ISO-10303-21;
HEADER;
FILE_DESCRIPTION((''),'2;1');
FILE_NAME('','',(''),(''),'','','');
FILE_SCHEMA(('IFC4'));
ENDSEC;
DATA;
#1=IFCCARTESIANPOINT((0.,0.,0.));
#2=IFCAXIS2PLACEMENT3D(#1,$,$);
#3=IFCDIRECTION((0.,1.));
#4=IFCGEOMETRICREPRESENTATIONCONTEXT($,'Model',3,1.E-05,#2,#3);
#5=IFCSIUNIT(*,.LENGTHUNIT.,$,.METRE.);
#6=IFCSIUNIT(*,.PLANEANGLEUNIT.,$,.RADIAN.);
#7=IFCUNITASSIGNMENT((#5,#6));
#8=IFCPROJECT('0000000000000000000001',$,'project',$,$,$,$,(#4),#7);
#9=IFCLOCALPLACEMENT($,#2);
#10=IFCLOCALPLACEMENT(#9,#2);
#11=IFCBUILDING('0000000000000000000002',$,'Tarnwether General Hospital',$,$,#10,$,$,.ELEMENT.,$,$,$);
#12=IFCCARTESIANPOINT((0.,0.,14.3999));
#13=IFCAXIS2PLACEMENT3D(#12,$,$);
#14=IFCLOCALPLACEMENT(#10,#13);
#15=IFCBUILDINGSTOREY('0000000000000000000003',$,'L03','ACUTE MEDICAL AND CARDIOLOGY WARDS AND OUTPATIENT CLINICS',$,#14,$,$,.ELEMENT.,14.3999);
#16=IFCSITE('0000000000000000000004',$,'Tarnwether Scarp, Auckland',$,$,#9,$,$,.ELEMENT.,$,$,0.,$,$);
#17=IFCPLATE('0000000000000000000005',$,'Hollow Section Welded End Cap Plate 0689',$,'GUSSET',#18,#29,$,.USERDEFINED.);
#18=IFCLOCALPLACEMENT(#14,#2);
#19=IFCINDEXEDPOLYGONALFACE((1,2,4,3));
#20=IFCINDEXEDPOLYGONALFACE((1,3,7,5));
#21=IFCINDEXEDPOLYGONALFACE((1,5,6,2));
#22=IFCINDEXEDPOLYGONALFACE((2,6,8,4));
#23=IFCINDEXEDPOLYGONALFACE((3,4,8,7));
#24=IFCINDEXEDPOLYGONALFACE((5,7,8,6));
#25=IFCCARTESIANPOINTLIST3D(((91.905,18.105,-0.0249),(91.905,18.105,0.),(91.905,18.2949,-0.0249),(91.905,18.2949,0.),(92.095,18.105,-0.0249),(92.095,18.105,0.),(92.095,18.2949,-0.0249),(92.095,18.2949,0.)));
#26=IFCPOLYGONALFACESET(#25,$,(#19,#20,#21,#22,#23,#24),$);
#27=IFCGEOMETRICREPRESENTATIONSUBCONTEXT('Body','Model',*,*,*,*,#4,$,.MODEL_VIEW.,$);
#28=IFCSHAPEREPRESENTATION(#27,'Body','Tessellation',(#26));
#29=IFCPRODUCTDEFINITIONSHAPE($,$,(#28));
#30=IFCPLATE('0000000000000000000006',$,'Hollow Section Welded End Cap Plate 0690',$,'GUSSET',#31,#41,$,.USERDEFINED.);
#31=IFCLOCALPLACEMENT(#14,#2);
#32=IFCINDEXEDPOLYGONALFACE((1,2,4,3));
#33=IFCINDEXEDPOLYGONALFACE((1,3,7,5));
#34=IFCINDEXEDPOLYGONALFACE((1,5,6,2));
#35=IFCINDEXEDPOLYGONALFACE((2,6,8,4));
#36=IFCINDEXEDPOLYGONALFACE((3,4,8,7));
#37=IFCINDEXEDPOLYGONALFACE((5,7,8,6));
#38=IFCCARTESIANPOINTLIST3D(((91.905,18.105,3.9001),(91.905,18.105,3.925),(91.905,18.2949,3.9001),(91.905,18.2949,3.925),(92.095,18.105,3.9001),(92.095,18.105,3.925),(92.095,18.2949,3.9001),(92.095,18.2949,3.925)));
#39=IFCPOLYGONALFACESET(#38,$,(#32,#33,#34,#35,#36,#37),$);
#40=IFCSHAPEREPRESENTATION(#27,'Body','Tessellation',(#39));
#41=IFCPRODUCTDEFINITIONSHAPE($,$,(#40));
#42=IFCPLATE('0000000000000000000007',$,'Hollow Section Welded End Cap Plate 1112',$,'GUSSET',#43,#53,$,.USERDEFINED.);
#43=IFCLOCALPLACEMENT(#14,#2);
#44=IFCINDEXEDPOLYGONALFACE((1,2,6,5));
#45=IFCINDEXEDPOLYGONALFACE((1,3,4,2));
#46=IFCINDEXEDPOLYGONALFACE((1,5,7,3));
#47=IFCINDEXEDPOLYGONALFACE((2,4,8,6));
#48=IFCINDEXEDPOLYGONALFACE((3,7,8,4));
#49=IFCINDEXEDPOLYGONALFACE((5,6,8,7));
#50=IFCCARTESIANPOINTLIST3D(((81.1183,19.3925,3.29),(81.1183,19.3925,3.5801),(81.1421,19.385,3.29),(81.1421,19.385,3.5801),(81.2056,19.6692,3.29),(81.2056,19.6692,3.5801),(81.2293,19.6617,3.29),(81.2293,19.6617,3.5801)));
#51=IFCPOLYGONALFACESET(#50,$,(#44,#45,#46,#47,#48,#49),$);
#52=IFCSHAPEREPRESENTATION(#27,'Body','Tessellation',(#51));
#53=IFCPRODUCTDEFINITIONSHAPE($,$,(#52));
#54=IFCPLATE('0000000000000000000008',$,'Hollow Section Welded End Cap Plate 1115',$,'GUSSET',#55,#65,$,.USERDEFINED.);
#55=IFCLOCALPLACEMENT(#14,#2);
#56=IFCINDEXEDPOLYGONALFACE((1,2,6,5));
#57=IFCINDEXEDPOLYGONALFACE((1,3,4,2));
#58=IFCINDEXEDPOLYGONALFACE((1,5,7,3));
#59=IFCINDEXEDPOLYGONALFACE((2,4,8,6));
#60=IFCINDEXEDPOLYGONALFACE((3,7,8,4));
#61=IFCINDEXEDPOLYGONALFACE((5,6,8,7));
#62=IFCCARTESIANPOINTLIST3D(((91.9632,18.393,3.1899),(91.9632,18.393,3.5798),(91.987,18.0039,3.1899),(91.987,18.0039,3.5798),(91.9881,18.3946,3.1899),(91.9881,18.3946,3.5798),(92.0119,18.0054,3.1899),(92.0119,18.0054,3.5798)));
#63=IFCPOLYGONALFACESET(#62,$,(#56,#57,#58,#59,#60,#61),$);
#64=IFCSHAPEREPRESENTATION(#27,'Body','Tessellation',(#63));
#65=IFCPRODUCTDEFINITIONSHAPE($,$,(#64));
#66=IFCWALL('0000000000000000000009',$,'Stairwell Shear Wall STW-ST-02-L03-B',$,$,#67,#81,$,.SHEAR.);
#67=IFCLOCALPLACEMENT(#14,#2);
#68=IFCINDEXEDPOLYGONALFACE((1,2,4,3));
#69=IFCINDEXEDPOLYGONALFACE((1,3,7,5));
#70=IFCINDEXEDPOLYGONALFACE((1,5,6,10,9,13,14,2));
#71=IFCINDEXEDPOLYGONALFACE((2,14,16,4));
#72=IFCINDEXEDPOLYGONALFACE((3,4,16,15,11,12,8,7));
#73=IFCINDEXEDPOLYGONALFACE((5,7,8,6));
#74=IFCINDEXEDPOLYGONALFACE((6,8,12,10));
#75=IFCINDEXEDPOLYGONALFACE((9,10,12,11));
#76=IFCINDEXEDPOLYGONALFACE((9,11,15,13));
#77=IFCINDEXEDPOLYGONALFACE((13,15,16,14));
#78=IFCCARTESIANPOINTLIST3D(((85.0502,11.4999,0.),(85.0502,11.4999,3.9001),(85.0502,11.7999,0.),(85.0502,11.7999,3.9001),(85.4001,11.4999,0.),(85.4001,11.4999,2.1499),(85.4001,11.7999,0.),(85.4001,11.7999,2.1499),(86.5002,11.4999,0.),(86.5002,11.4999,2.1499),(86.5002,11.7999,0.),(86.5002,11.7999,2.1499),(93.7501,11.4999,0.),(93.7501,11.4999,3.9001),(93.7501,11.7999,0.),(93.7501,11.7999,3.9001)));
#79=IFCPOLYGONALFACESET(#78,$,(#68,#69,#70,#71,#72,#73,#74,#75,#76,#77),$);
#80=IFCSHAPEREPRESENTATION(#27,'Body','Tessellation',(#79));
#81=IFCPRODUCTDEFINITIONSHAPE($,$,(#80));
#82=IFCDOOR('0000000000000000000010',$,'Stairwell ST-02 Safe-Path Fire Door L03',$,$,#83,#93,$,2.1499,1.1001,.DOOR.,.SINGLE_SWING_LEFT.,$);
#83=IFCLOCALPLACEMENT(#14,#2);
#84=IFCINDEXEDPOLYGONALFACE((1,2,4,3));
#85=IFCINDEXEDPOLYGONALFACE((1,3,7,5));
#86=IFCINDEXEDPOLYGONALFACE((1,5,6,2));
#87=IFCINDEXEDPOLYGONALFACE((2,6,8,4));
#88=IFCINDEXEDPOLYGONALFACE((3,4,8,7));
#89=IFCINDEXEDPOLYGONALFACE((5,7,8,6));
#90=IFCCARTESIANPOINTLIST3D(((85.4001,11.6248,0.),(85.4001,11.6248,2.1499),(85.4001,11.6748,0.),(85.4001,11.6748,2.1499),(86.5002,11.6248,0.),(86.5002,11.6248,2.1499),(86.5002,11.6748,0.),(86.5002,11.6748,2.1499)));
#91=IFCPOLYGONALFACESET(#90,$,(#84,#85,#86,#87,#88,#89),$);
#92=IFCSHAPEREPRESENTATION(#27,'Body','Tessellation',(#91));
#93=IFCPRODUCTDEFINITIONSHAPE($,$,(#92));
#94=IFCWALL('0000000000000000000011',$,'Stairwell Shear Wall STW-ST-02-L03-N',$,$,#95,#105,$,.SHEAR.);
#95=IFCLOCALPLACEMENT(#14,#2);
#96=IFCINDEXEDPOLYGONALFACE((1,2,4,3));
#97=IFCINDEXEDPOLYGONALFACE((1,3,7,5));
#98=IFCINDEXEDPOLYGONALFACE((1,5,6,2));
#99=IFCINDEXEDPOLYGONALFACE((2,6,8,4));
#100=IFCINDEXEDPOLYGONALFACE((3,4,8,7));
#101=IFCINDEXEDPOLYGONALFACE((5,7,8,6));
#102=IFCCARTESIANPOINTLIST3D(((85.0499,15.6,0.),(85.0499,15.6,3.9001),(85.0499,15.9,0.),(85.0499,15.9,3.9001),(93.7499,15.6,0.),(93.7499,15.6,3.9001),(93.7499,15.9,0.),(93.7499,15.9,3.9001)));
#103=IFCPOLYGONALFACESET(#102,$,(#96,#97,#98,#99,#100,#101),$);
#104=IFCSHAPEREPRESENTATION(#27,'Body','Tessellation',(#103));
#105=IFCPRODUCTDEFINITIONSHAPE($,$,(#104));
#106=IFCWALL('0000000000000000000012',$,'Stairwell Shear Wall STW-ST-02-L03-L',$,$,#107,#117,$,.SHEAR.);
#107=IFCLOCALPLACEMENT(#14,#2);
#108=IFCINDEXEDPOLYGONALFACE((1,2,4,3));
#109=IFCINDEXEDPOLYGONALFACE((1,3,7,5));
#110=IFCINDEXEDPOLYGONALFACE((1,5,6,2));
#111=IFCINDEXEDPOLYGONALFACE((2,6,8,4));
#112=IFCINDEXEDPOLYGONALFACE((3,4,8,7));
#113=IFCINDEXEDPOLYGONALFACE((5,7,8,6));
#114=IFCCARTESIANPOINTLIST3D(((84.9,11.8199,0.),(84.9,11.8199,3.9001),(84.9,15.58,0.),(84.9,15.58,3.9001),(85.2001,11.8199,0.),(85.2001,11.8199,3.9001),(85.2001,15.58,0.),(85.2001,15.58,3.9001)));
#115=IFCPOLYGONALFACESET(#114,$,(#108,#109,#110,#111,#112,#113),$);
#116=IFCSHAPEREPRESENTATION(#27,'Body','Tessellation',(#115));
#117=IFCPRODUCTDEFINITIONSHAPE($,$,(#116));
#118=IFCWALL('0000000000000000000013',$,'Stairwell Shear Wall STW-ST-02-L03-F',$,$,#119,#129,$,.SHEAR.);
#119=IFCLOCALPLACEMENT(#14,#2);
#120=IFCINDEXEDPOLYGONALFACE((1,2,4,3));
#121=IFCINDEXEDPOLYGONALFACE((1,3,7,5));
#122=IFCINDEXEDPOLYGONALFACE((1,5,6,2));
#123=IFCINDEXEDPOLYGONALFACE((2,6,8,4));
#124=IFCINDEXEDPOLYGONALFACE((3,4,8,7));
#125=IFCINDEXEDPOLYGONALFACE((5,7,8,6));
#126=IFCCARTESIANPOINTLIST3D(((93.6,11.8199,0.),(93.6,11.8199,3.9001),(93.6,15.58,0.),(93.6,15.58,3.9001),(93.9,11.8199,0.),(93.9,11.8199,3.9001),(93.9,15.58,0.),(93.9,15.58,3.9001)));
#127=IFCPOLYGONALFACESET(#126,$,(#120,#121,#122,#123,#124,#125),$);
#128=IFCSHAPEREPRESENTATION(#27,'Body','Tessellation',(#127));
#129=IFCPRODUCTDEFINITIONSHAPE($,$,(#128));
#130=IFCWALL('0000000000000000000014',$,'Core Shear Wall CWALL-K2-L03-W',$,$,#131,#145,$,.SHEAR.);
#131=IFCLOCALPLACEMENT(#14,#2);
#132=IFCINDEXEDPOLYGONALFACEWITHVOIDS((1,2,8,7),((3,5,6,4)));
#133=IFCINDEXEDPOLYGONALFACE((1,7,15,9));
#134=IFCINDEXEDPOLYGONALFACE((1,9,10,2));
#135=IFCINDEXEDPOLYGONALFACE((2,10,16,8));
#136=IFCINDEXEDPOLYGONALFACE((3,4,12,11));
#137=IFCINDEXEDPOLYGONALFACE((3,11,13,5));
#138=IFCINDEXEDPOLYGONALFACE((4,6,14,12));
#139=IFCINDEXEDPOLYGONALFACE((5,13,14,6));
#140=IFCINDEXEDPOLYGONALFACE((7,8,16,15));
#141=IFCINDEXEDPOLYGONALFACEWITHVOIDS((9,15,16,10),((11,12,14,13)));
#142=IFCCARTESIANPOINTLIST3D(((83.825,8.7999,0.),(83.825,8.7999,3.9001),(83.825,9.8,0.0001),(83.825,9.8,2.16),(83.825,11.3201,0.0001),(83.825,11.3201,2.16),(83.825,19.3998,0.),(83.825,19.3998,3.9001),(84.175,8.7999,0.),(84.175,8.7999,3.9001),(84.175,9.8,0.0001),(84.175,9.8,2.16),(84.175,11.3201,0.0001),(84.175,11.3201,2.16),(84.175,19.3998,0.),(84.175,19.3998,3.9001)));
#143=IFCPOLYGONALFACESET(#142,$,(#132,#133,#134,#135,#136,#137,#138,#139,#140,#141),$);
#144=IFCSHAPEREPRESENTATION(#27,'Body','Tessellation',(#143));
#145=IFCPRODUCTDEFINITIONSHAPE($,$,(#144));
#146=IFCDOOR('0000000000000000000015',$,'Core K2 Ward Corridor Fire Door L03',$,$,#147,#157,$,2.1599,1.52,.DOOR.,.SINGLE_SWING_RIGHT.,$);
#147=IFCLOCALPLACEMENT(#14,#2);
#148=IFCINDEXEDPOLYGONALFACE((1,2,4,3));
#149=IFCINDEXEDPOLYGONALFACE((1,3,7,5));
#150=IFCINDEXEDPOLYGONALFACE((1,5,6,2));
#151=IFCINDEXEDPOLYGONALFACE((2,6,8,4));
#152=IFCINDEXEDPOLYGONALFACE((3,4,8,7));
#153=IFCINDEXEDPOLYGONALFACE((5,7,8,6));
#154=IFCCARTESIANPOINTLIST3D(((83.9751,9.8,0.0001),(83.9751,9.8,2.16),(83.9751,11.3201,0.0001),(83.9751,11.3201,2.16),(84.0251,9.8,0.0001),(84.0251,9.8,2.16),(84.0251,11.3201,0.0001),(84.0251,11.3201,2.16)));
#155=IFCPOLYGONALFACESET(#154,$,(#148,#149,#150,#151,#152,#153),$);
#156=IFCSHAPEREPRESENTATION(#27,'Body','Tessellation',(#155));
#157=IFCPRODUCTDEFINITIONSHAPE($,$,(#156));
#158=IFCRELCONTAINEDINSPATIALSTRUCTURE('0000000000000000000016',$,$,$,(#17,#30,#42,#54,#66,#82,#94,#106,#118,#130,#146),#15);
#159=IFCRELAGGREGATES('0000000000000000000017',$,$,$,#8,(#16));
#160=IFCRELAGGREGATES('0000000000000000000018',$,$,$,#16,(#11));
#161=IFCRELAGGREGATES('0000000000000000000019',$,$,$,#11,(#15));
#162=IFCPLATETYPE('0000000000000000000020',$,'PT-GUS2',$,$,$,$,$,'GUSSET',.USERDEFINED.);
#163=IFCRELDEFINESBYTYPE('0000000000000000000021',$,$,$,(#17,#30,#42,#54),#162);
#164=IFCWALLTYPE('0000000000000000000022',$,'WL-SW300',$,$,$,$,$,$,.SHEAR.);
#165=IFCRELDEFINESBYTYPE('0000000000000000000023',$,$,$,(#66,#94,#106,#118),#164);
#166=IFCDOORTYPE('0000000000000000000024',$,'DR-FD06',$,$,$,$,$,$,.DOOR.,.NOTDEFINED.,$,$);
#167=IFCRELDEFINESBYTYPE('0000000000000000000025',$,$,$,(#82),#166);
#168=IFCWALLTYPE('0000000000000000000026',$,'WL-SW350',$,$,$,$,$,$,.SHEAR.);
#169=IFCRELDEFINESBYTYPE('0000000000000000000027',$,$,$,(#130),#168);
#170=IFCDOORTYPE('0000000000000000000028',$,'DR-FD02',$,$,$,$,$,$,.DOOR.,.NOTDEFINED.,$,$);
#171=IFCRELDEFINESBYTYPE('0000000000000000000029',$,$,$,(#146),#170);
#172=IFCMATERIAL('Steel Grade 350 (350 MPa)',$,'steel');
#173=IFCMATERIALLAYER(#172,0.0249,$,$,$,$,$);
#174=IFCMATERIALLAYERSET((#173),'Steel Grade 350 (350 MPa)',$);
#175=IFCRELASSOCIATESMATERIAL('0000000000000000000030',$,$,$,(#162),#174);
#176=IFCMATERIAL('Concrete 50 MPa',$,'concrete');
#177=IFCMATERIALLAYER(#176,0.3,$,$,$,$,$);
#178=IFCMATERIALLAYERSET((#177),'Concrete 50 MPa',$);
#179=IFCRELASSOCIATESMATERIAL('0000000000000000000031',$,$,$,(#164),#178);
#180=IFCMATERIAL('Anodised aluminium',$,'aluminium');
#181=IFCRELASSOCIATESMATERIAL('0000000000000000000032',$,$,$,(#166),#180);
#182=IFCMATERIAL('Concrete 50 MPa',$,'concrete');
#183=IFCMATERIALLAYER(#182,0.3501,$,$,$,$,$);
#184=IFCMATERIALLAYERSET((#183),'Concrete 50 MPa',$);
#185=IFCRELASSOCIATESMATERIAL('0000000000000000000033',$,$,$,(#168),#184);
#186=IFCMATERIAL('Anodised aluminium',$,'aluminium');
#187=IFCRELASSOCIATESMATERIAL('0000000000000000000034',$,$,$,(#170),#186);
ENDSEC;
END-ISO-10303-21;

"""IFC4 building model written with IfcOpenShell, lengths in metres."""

from ifc_helpers import new_model, si_unit, direction, frame, frame_2d, origin, origin_2d, place, context, subcontext, project, spatial, rectangle, extrude, material, layer, layer_set, type_object, element, fill, save


model = new_model("IFC4")

# Units and contexts
model_context = context("Model", 3, precision=1e-05, world=origin(), true_north=direction((0.0, 1.0)))
body_context = subcontext(model_context, "Body", "Model", "MODEL_VIEW")
ifc_project = project(units=[si_unit("LENGTHUNIT", "METRE"), si_unit("PLANEANGLEUNIT", "RADIAN")], contexts=[model_context])

# Site, building, storey
site_placement = place(None, origin())
site = spatial("IfcSite", under=ifc_project, at=site_placement, Name="Tarnwether Scarp, Auckland", CompositionType="ELEMENT", RefElevation=0.0)
building_placement = place(site_placement, origin())
building = spatial("IfcBuilding", under=site, at=building_placement, Name="Tarnwether General Hospital", CompositionType="ELEMENT")
storey_placement = place(building_placement, frame((0.0, 0.0, 14.3999)))
storey = spatial("IfcBuildingStorey", under=building, at=storey_placement, Name="L03", Description="ACUTE MEDICAL AND CARDIOLOGY WARDS AND OUTPATIENT CLINICS", CompositionType="ELEMENT", Elevation=14.3999)

# Plates
ifc_material_1 = material(Name="Steel Grade 350 (350 MPa)", Category="steel")
ifc_layer_1 = layer(ifc_material_1, 0.0249)
ifc_layer_set_1 = layer_set([ifc_layer_1], Name="Steel Grade 350 (350 MPa)")
plate_type = type_object("IfcPlateType", Name="PT-GUS2", ElementType="GUSSET", PredefinedType="USERDEFINED", material=ifc_layer_set_1)
for number, where, z_axis, x_axis, name in (
    (1, (92.0, 18.2, -0.0249), (0.0, 0.0, 1.0), (1.0, 0.0, 0.0), "Hollow Section Welded End Cap Plate 0689"),
    (2, (92.0, 18.2, 3.9001), (0.0, 0.0, 1.0), (1.0, 0.0, 0.0), "Hollow Section Welded End Cap Plate 0690"),
):
    element("IfcPlate", number, at=place(storey_placement, frame(where, z_axis=z_axis, x_axis=x_axis)), inside=storey, type_object=plate_type, Name=name, ObjectType="GUSSET", PredefinedType="USERDEFINED", context=body_context, shape_type="SweptSolid", body=[
        extrude(rectangle(XDim=0.1899, YDim=0.1899, at=origin_2d()), origin(), (0.0, 0.0, 1.0), 0.0249),
    ])
plate_1_placement = place(storey_placement, frame((81.1738, 19.5271, 3.29), z_axis=(0.0, 0.0, 1.0), x_axis=(0.953712, -0.300722, 0.0)))
element("IfcPlate", 3, at=plate_1_placement, inside=storey, type_object=plate_type, Name="Hollow Section Welded End Cap Plate 1112", ObjectType="GUSSET", PredefinedType="USERDEFINED", context=body_context, shape_type="SweptSolid", body=[
    extrude(rectangle(XDim=0.0249, YDim=0.29, at=origin_2d()), origin(), (0.0, 0.0, 1.0), 0.29),
])
plate_2_placement = place(storey_placement, frame((91.9875, 18.1992, 3.1899), z_axis=(0.0, 0.0, 1.0), x_axis=(0.998134, 0.061066, 0.0)))
element("IfcPlate", 4, at=plate_2_placement, inside=storey, type_object=plate_type, Name="Hollow Section Welded End Cap Plate 1115", ObjectType="GUSSET", PredefinedType="USERDEFINED", context=body_context, shape_type="SweptSolid", body=[
    extrude(rectangle(XDim=0.0249, YDim=0.3899, at=origin_2d()), origin(), (0.0, 0.0, 1.0), 0.3899),
])

# Wall, opening, door
ifc_material_2 = material(Name="Concrete 50 MPa", Category="concrete")
ifc_layer_2 = layer(ifc_material_2, 0.3)
ifc_layer_set_2 = layer_set([ifc_layer_2], Name="Concrete 50 MPa")
wall_type_1 = type_object("IfcWallType", Name="WL-SW300", PredefinedType="SHEAR", material=ifc_layer_set_2)
wall_1_placement = place(storey_placement, frame((85.05, 11.6499, 0.0), z_axis=(0.0, 0.0, 1.0), x_axis=(1.0, 0.0, 0.0)))
wall_1 = element("IfcWall", 5, at=wall_1_placement, inside=storey, type_object=wall_type_1, Name="Stairwell Shear Wall STW-ST-02-L03-B", PredefinedType="SHEAR", context=body_context, shape_type="SweptSolid", body=[
    extrude(rectangle(XDim=8.7, YDim=0.3, at=frame_2d((4.3501, 0.0))), origin(), (0.0, 0.0, 1.0), 3.9001),
])
opening_1_placement = place(wall_1_placement, frame((0.3501, 0.0, 0.0)))
opening_1 = element("IfcOpeningElement", 6, at=opening_1_placement, cuts=wall_1, PredefinedType="OPENING", context=body_context, shape_type="SweptSolid", body=[
    extrude(rectangle(XDim=1.1001, YDim=2.1499, at=frame_2d((0.55, 1.075))), frame((0.0, 0.1602, 0.0), z_axis=(0.0, -1.0, 0.0), x_axis=(1.0, 0.0, 0.0)), (0.0, 0.0, 1.0), 0.3201),
])
ifc_material_3 = material(Name="Anodised aluminium", Category="aluminium")
door_type_1 = type_object("IfcDoorType", Name="DR-FD06", OperationType="NOTDEFINED", PredefinedType="DOOR", material=ifc_material_3)
door_1_placement = place(opening_1_placement, origin())
door_1 = element("IfcDoor", 7, at=door_1_placement, inside=storey, type_object=door_type_1, Name="Stairwell ST-02 Safe-Path Fire Door L03", OperationType="SINGLE_SWING_LEFT", OverallHeight=2.1499, OverallWidth=1.1001, PredefinedType="DOOR", context=body_context, shape_type="SweptSolid", body=[
    extrude(rectangle(XDim=1.1001, YDim=2.1499, at=frame_2d((0.55, 1.075))), frame((0.0, 0.0249, 0.0), z_axis=(0.0, -1.0, 0.0), x_axis=(1.0, 0.0, 0.0)), (0.0, 0.0, 1.0), 0.05),
])
fill(opening_1, door_1)

# Walls
wall_2_placement = place(storey_placement, frame((93.75, 15.75, 0.0), z_axis=(0.0, 0.0, 1.0), x_axis=(-1.0, 0.0, 0.0)))
element("IfcWall", 8, at=wall_2_placement, inside=storey, type_object=wall_type_1, Name="Stairwell Shear Wall STW-ST-02-L03-N", PredefinedType="SHEAR", context=body_context, shape_type="SweptSolid", body=[
    extrude(rectangle(XDim=8.7, YDim=0.3, at=frame_2d((4.3501, 0.0))), origin(), (0.0, 0.0, 1.0), 3.9001),
])
for number, where, z_axis, x_axis, name in (
    (9, (85.05, 11.8201, 0.0), (0.0, 0.0, 1.0), (0.0, 1.0, 0.0), "Stairwell Shear Wall STW-ST-02-L03-L"),
    (10, (93.75, 11.8201, 0.0), (0.0, 0.0, 1.0), (0.0, 1.0, 0.0), "Stairwell Shear Wall STW-ST-02-L03-F"),
):
    element("IfcWall", number, at=place(storey_placement, frame(where, z_axis=z_axis, x_axis=x_axis)), inside=storey, type_object=wall_type_1, Name=name, PredefinedType="SHEAR", context=body_context, shape_type="SweptSolid", body=[
        extrude(rectangle(XDim=3.76, YDim=0.3, at=frame_2d((1.8799, 0.0))), origin(), (0.0, 0.0, 1.0), 3.9001),
    ])

# Wall, opening, door
ifc_material_4 = material(Name="Concrete 50 MPa", Category="concrete")
ifc_layer_3 = layer(ifc_material_4, 0.3501)
ifc_layer_set_3 = layer_set([ifc_layer_3], Name="Concrete 50 MPa")
wall_type_2 = type_object("IfcWallType", Name="WL-SW350", PredefinedType="SHEAR", material=ifc_layer_set_3)
wall_3_placement = place(storey_placement, frame((84.0, 8.8, 0.0), z_axis=(0.0, 0.0, 1.0), x_axis=(0.0, 1.0, 0.0)))
wall_3 = element("IfcWall", 11, at=wall_3_placement, inside=storey, type_object=wall_type_2, Name="Core Shear Wall CWALL-K2-L03-W", PredefinedType="SHEAR", context=body_context, shape_type="SweptSolid", body=[
    extrude(rectangle(XDim=10.5999, YDim=0.3501, at=frame_2d((5.2998, 0.0))), origin(), (0.0, 0.0, 1.0), 3.9001),
])
opening_2_placement = place(wall_3_placement, frame((1.0, 0.0, 0.0)))
opening_2 = element("IfcOpeningElement", 12, at=opening_2_placement, cuts=wall_3, PredefinedType="OPENING", context=body_context, shape_type="SweptSolid", body=[
    extrude(rectangle(XDim=1.52, YDim=2.1599, at=frame_2d((0.76, 1.0801))), frame((0.0, 0.1851, 0.0), z_axis=(0.0, -1.0, 0.0), x_axis=(1.0, 0.0, 0.0)), (0.0, 0.0, 1.0), 0.3701),
])
ifc_material_5 = material(Name="Anodised aluminium", Category="aluminium")
door_type_2 = type_object("IfcDoorType", Name="DR-FD02", OperationType="NOTDEFINED", PredefinedType="DOOR", material=ifc_material_5)
door_2_placement = place(opening_2_placement, origin())
door_2 = element("IfcDoor", 13, at=door_2_placement, inside=storey, type_object=door_type_2, Name="Core K2 Ward Corridor Fire Door L03", OperationType="SINGLE_SWING_RIGHT", OverallHeight=2.1599, OverallWidth=1.52, PredefinedType="DOOR", context=body_context, shape_type="SweptSolid", body=[
    extrude(rectangle(XDim=1.52, YDim=2.1599, at=frame_2d((0.76, 1.0801))), frame((0.0, 0.0249, 0.0), z_axis=(0.0, -1.0, 0.0), x_axis=(1.0, 0.0, 0.0)), (0.0, 0.0, 1.0), 0.05),
])
fill(opening_2, door_2)

save(model, "model.ifc")
